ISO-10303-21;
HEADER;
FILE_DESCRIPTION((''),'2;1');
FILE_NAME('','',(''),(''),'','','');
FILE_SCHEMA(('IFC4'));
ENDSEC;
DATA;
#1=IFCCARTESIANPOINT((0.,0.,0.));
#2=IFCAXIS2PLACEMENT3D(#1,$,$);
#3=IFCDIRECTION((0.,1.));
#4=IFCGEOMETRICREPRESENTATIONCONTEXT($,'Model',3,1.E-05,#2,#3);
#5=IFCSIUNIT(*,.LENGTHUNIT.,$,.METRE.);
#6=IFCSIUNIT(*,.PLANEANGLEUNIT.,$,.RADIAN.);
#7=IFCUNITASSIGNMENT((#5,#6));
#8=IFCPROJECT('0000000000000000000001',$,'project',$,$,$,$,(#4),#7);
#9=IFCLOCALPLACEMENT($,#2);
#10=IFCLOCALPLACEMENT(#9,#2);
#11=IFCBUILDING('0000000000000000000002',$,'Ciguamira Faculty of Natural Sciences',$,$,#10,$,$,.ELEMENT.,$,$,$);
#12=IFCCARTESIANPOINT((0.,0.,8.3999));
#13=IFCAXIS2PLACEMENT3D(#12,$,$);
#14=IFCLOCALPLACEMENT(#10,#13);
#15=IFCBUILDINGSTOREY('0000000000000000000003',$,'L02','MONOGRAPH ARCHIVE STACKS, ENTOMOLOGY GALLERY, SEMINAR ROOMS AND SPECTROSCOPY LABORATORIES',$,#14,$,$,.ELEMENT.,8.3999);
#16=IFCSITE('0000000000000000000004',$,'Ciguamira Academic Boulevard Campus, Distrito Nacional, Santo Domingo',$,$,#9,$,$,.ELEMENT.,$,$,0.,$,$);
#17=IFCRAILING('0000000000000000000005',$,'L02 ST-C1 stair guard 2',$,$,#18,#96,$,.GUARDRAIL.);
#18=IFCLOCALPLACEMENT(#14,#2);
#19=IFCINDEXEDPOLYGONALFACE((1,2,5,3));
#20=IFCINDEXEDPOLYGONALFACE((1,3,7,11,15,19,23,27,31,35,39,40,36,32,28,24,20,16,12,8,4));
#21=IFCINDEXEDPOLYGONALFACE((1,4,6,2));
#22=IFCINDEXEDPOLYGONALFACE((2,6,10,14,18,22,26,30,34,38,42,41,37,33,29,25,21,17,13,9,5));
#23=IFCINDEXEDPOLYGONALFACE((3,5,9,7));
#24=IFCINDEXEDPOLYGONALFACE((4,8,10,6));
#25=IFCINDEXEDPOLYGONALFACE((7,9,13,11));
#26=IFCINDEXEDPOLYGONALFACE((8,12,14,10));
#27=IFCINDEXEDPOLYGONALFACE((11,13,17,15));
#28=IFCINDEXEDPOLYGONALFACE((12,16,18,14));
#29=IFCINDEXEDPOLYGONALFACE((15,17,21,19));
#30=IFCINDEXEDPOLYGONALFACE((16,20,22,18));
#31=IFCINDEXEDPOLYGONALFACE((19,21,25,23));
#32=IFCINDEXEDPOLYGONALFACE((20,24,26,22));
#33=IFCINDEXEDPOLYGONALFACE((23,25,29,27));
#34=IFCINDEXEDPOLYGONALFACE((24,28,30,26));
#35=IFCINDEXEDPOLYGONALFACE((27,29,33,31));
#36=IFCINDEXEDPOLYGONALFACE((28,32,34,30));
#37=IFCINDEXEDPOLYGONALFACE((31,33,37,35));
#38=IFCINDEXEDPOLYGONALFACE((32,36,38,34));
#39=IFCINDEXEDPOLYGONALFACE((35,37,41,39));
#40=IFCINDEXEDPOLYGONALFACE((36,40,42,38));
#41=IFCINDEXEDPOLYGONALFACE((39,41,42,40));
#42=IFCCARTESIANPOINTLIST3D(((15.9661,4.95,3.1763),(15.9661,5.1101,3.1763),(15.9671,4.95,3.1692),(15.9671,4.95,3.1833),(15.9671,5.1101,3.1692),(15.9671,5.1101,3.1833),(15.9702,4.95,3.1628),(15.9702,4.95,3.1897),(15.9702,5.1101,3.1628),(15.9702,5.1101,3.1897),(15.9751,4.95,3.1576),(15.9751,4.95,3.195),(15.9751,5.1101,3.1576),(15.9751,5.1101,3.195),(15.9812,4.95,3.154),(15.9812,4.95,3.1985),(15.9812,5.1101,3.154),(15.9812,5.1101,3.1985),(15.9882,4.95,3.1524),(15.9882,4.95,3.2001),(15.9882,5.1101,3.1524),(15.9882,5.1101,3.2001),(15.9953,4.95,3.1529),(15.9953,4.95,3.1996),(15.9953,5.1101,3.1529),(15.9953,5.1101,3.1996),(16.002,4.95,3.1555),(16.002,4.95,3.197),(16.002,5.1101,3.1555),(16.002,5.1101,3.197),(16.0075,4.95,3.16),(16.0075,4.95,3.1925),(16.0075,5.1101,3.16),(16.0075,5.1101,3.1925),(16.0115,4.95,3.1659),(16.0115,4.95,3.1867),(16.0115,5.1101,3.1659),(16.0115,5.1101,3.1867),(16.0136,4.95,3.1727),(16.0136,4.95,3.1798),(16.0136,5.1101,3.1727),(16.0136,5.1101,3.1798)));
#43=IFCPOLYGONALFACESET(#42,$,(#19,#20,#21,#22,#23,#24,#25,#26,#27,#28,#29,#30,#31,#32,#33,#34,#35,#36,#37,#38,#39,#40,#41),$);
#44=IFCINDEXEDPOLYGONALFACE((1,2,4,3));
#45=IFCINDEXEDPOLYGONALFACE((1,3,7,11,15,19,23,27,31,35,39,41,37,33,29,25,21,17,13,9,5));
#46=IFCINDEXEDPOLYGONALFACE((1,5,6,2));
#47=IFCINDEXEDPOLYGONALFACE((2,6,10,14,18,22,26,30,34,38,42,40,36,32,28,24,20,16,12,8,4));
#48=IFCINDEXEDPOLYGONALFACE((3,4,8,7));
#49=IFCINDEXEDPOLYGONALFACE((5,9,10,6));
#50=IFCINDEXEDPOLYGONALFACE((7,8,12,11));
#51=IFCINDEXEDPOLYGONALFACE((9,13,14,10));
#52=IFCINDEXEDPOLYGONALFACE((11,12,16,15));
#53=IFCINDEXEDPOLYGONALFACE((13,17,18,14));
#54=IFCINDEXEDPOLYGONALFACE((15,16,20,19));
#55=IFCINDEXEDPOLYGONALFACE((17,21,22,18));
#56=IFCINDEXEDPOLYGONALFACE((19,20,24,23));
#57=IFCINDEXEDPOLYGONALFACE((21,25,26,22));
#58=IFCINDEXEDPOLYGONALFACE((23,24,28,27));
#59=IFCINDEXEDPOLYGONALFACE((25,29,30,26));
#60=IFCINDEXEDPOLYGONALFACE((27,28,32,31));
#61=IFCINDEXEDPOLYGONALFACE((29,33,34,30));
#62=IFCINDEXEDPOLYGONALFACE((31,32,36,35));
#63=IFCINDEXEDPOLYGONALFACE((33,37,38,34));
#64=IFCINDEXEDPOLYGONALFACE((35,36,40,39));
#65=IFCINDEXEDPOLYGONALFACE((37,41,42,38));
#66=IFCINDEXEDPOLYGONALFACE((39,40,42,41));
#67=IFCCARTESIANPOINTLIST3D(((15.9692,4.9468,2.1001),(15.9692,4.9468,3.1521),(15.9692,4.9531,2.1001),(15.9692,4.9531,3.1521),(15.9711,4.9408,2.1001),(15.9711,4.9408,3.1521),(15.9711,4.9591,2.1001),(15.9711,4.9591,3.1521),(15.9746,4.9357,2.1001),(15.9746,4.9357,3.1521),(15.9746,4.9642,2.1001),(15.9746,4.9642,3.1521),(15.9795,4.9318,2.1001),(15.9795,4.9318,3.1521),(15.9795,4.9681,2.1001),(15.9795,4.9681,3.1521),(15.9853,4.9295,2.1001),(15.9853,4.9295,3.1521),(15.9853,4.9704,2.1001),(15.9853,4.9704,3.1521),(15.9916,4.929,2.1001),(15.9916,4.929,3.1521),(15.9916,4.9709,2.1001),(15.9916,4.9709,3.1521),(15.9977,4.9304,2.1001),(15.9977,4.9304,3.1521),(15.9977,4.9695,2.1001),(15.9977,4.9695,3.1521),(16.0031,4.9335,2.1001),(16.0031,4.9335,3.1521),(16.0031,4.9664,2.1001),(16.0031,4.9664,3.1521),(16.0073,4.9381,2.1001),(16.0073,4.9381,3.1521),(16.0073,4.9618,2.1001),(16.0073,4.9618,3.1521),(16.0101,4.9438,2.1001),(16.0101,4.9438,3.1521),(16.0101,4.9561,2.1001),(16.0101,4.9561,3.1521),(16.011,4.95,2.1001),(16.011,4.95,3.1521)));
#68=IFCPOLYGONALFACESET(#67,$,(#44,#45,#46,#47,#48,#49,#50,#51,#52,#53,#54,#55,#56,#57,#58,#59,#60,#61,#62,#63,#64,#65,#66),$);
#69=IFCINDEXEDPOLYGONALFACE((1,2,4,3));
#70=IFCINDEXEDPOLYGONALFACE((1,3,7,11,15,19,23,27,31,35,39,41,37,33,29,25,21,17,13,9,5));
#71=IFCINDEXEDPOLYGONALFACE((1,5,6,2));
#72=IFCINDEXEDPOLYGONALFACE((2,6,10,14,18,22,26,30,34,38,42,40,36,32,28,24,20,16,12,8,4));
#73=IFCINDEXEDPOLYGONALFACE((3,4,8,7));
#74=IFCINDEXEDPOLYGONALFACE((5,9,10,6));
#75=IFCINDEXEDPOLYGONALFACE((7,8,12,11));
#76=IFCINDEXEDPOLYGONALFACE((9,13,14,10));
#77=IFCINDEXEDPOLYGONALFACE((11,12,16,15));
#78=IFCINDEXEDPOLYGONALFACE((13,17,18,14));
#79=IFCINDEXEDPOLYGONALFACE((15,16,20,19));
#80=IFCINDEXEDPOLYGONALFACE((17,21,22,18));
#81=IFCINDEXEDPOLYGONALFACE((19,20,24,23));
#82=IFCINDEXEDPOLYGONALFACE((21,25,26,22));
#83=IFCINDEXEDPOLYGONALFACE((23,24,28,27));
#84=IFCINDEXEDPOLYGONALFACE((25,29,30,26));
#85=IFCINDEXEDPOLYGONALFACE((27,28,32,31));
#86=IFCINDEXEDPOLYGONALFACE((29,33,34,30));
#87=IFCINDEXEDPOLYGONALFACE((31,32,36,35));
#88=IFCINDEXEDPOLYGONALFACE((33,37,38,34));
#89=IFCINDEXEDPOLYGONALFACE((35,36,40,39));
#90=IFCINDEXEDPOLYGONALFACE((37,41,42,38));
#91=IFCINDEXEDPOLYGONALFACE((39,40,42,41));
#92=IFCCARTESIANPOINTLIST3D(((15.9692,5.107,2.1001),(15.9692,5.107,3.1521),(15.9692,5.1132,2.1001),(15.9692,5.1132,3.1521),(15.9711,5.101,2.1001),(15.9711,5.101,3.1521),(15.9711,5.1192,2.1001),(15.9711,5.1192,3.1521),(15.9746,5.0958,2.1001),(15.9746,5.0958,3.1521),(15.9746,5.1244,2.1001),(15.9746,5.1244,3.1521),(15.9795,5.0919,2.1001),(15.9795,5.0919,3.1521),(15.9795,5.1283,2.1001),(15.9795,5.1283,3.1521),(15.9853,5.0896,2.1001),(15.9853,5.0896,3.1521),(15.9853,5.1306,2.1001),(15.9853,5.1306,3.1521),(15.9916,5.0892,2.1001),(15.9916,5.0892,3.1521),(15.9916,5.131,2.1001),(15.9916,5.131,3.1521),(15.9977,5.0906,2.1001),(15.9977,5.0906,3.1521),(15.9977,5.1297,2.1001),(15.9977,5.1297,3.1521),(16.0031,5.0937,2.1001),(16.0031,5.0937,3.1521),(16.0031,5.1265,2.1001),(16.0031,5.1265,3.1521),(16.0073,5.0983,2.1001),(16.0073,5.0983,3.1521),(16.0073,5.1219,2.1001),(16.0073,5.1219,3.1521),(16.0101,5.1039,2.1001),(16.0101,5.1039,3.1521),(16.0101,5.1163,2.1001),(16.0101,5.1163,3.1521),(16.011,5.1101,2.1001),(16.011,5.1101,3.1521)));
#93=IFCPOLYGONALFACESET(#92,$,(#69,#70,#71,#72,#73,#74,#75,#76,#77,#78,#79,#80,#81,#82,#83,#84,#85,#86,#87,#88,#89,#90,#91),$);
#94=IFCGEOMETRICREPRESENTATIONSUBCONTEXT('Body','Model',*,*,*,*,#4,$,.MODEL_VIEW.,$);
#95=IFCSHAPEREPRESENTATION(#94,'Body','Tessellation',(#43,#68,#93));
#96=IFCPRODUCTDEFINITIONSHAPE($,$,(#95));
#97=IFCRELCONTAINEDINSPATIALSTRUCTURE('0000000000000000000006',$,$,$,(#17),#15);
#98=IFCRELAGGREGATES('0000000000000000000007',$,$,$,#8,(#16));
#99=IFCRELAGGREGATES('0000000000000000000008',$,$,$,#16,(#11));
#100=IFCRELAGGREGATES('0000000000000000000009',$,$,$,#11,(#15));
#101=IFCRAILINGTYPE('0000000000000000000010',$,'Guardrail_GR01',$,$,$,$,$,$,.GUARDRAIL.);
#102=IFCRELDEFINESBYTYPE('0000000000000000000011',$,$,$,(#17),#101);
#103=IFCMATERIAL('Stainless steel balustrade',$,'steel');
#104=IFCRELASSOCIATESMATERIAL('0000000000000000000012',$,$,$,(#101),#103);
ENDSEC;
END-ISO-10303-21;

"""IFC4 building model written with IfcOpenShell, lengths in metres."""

from ifc_helpers import new_model, si_unit, direction, frame, origin, origin_2d, place, context, subcontext, project, spatial, circle, extrude, material, type_object, element, save


model = new_model("IFC4")

# Units and contexts
model_context = context("Model", 3, precision=1e-05, world=origin(), true_north=direction((0.0, 1.0)))
body_context = subcontext(model_context, "Body", "Model", "MODEL_VIEW")
ifc_project = project(units=[si_unit("LENGTHUNIT", "METRE"), si_unit("PLANEANGLEUNIT", "RADIAN")], contexts=[model_context])

# Site, building, storey
site_placement = place(None, origin())
site = spatial("IfcSite", under=ifc_project, at=site_placement, Name="Ciguamira Academic Boulevard Campus, Distrito Nacional, Santo Domingo", CompositionType="ELEMENT", RefElevation=0.0)
building_placement = place(site_placement, origin())
building = spatial("IfcBuilding", under=site, at=building_placement, Name="Ciguamira Faculty of Natural Sciences", CompositionType="ELEMENT")
storey_placement = place(building_placement, frame((0.0, 0.0, 8.3999)))
storey = spatial("IfcBuildingStorey", under=building, at=storey_placement, Name="L02", Description="MONOGRAPH ARCHIVE STACKS, ENTOMOLOGY GALLERY, SEMINAR ROOMS AND SPECTROSCOPY LABORATORIES", CompositionType="ELEMENT", Elevation=8.3999)

# Railing
ifc_material_1 = material(Name="Stainless steel balustrade", Category="steel")
railing_type_1 = type_object("IfcRailingType", Name="Guardrail_GR01", PredefinedType="GUARDRAIL", material=ifc_material_1)
railing_1_placement = place(storey_placement, frame((15.99, 4.95, 2.1001)))
element("IfcRailing", 1, at=railing_1_placement, inside=storey, type_object=railing_type_1, Name="L02 ST-C1 stair guard 2", PredefinedType="GUARDRAIL", context=body_context, shape_type="SweptSolid", body=[
    extrude(circle(Radius=0.0239, at=origin_2d()), frame((0.0, 0.0, 1.0762), z_axis=(0.0, 1.0, 0.0), x_axis=(-1.0, 0.0, 0.0)), (0.0, 0.0, 1.0), 0.1602),
    extrude(circle(Radius=0.021, at=origin_2d()), origin(), (0.0, 0.0, 1.0), 1.052),
    extrude(circle(Radius=0.021, at=origin_2d()), frame((0.0, 0.1602, 0.0)), (0.0, 0.0, 1.0), 1.052),
])

save(model, "model.ifc")
